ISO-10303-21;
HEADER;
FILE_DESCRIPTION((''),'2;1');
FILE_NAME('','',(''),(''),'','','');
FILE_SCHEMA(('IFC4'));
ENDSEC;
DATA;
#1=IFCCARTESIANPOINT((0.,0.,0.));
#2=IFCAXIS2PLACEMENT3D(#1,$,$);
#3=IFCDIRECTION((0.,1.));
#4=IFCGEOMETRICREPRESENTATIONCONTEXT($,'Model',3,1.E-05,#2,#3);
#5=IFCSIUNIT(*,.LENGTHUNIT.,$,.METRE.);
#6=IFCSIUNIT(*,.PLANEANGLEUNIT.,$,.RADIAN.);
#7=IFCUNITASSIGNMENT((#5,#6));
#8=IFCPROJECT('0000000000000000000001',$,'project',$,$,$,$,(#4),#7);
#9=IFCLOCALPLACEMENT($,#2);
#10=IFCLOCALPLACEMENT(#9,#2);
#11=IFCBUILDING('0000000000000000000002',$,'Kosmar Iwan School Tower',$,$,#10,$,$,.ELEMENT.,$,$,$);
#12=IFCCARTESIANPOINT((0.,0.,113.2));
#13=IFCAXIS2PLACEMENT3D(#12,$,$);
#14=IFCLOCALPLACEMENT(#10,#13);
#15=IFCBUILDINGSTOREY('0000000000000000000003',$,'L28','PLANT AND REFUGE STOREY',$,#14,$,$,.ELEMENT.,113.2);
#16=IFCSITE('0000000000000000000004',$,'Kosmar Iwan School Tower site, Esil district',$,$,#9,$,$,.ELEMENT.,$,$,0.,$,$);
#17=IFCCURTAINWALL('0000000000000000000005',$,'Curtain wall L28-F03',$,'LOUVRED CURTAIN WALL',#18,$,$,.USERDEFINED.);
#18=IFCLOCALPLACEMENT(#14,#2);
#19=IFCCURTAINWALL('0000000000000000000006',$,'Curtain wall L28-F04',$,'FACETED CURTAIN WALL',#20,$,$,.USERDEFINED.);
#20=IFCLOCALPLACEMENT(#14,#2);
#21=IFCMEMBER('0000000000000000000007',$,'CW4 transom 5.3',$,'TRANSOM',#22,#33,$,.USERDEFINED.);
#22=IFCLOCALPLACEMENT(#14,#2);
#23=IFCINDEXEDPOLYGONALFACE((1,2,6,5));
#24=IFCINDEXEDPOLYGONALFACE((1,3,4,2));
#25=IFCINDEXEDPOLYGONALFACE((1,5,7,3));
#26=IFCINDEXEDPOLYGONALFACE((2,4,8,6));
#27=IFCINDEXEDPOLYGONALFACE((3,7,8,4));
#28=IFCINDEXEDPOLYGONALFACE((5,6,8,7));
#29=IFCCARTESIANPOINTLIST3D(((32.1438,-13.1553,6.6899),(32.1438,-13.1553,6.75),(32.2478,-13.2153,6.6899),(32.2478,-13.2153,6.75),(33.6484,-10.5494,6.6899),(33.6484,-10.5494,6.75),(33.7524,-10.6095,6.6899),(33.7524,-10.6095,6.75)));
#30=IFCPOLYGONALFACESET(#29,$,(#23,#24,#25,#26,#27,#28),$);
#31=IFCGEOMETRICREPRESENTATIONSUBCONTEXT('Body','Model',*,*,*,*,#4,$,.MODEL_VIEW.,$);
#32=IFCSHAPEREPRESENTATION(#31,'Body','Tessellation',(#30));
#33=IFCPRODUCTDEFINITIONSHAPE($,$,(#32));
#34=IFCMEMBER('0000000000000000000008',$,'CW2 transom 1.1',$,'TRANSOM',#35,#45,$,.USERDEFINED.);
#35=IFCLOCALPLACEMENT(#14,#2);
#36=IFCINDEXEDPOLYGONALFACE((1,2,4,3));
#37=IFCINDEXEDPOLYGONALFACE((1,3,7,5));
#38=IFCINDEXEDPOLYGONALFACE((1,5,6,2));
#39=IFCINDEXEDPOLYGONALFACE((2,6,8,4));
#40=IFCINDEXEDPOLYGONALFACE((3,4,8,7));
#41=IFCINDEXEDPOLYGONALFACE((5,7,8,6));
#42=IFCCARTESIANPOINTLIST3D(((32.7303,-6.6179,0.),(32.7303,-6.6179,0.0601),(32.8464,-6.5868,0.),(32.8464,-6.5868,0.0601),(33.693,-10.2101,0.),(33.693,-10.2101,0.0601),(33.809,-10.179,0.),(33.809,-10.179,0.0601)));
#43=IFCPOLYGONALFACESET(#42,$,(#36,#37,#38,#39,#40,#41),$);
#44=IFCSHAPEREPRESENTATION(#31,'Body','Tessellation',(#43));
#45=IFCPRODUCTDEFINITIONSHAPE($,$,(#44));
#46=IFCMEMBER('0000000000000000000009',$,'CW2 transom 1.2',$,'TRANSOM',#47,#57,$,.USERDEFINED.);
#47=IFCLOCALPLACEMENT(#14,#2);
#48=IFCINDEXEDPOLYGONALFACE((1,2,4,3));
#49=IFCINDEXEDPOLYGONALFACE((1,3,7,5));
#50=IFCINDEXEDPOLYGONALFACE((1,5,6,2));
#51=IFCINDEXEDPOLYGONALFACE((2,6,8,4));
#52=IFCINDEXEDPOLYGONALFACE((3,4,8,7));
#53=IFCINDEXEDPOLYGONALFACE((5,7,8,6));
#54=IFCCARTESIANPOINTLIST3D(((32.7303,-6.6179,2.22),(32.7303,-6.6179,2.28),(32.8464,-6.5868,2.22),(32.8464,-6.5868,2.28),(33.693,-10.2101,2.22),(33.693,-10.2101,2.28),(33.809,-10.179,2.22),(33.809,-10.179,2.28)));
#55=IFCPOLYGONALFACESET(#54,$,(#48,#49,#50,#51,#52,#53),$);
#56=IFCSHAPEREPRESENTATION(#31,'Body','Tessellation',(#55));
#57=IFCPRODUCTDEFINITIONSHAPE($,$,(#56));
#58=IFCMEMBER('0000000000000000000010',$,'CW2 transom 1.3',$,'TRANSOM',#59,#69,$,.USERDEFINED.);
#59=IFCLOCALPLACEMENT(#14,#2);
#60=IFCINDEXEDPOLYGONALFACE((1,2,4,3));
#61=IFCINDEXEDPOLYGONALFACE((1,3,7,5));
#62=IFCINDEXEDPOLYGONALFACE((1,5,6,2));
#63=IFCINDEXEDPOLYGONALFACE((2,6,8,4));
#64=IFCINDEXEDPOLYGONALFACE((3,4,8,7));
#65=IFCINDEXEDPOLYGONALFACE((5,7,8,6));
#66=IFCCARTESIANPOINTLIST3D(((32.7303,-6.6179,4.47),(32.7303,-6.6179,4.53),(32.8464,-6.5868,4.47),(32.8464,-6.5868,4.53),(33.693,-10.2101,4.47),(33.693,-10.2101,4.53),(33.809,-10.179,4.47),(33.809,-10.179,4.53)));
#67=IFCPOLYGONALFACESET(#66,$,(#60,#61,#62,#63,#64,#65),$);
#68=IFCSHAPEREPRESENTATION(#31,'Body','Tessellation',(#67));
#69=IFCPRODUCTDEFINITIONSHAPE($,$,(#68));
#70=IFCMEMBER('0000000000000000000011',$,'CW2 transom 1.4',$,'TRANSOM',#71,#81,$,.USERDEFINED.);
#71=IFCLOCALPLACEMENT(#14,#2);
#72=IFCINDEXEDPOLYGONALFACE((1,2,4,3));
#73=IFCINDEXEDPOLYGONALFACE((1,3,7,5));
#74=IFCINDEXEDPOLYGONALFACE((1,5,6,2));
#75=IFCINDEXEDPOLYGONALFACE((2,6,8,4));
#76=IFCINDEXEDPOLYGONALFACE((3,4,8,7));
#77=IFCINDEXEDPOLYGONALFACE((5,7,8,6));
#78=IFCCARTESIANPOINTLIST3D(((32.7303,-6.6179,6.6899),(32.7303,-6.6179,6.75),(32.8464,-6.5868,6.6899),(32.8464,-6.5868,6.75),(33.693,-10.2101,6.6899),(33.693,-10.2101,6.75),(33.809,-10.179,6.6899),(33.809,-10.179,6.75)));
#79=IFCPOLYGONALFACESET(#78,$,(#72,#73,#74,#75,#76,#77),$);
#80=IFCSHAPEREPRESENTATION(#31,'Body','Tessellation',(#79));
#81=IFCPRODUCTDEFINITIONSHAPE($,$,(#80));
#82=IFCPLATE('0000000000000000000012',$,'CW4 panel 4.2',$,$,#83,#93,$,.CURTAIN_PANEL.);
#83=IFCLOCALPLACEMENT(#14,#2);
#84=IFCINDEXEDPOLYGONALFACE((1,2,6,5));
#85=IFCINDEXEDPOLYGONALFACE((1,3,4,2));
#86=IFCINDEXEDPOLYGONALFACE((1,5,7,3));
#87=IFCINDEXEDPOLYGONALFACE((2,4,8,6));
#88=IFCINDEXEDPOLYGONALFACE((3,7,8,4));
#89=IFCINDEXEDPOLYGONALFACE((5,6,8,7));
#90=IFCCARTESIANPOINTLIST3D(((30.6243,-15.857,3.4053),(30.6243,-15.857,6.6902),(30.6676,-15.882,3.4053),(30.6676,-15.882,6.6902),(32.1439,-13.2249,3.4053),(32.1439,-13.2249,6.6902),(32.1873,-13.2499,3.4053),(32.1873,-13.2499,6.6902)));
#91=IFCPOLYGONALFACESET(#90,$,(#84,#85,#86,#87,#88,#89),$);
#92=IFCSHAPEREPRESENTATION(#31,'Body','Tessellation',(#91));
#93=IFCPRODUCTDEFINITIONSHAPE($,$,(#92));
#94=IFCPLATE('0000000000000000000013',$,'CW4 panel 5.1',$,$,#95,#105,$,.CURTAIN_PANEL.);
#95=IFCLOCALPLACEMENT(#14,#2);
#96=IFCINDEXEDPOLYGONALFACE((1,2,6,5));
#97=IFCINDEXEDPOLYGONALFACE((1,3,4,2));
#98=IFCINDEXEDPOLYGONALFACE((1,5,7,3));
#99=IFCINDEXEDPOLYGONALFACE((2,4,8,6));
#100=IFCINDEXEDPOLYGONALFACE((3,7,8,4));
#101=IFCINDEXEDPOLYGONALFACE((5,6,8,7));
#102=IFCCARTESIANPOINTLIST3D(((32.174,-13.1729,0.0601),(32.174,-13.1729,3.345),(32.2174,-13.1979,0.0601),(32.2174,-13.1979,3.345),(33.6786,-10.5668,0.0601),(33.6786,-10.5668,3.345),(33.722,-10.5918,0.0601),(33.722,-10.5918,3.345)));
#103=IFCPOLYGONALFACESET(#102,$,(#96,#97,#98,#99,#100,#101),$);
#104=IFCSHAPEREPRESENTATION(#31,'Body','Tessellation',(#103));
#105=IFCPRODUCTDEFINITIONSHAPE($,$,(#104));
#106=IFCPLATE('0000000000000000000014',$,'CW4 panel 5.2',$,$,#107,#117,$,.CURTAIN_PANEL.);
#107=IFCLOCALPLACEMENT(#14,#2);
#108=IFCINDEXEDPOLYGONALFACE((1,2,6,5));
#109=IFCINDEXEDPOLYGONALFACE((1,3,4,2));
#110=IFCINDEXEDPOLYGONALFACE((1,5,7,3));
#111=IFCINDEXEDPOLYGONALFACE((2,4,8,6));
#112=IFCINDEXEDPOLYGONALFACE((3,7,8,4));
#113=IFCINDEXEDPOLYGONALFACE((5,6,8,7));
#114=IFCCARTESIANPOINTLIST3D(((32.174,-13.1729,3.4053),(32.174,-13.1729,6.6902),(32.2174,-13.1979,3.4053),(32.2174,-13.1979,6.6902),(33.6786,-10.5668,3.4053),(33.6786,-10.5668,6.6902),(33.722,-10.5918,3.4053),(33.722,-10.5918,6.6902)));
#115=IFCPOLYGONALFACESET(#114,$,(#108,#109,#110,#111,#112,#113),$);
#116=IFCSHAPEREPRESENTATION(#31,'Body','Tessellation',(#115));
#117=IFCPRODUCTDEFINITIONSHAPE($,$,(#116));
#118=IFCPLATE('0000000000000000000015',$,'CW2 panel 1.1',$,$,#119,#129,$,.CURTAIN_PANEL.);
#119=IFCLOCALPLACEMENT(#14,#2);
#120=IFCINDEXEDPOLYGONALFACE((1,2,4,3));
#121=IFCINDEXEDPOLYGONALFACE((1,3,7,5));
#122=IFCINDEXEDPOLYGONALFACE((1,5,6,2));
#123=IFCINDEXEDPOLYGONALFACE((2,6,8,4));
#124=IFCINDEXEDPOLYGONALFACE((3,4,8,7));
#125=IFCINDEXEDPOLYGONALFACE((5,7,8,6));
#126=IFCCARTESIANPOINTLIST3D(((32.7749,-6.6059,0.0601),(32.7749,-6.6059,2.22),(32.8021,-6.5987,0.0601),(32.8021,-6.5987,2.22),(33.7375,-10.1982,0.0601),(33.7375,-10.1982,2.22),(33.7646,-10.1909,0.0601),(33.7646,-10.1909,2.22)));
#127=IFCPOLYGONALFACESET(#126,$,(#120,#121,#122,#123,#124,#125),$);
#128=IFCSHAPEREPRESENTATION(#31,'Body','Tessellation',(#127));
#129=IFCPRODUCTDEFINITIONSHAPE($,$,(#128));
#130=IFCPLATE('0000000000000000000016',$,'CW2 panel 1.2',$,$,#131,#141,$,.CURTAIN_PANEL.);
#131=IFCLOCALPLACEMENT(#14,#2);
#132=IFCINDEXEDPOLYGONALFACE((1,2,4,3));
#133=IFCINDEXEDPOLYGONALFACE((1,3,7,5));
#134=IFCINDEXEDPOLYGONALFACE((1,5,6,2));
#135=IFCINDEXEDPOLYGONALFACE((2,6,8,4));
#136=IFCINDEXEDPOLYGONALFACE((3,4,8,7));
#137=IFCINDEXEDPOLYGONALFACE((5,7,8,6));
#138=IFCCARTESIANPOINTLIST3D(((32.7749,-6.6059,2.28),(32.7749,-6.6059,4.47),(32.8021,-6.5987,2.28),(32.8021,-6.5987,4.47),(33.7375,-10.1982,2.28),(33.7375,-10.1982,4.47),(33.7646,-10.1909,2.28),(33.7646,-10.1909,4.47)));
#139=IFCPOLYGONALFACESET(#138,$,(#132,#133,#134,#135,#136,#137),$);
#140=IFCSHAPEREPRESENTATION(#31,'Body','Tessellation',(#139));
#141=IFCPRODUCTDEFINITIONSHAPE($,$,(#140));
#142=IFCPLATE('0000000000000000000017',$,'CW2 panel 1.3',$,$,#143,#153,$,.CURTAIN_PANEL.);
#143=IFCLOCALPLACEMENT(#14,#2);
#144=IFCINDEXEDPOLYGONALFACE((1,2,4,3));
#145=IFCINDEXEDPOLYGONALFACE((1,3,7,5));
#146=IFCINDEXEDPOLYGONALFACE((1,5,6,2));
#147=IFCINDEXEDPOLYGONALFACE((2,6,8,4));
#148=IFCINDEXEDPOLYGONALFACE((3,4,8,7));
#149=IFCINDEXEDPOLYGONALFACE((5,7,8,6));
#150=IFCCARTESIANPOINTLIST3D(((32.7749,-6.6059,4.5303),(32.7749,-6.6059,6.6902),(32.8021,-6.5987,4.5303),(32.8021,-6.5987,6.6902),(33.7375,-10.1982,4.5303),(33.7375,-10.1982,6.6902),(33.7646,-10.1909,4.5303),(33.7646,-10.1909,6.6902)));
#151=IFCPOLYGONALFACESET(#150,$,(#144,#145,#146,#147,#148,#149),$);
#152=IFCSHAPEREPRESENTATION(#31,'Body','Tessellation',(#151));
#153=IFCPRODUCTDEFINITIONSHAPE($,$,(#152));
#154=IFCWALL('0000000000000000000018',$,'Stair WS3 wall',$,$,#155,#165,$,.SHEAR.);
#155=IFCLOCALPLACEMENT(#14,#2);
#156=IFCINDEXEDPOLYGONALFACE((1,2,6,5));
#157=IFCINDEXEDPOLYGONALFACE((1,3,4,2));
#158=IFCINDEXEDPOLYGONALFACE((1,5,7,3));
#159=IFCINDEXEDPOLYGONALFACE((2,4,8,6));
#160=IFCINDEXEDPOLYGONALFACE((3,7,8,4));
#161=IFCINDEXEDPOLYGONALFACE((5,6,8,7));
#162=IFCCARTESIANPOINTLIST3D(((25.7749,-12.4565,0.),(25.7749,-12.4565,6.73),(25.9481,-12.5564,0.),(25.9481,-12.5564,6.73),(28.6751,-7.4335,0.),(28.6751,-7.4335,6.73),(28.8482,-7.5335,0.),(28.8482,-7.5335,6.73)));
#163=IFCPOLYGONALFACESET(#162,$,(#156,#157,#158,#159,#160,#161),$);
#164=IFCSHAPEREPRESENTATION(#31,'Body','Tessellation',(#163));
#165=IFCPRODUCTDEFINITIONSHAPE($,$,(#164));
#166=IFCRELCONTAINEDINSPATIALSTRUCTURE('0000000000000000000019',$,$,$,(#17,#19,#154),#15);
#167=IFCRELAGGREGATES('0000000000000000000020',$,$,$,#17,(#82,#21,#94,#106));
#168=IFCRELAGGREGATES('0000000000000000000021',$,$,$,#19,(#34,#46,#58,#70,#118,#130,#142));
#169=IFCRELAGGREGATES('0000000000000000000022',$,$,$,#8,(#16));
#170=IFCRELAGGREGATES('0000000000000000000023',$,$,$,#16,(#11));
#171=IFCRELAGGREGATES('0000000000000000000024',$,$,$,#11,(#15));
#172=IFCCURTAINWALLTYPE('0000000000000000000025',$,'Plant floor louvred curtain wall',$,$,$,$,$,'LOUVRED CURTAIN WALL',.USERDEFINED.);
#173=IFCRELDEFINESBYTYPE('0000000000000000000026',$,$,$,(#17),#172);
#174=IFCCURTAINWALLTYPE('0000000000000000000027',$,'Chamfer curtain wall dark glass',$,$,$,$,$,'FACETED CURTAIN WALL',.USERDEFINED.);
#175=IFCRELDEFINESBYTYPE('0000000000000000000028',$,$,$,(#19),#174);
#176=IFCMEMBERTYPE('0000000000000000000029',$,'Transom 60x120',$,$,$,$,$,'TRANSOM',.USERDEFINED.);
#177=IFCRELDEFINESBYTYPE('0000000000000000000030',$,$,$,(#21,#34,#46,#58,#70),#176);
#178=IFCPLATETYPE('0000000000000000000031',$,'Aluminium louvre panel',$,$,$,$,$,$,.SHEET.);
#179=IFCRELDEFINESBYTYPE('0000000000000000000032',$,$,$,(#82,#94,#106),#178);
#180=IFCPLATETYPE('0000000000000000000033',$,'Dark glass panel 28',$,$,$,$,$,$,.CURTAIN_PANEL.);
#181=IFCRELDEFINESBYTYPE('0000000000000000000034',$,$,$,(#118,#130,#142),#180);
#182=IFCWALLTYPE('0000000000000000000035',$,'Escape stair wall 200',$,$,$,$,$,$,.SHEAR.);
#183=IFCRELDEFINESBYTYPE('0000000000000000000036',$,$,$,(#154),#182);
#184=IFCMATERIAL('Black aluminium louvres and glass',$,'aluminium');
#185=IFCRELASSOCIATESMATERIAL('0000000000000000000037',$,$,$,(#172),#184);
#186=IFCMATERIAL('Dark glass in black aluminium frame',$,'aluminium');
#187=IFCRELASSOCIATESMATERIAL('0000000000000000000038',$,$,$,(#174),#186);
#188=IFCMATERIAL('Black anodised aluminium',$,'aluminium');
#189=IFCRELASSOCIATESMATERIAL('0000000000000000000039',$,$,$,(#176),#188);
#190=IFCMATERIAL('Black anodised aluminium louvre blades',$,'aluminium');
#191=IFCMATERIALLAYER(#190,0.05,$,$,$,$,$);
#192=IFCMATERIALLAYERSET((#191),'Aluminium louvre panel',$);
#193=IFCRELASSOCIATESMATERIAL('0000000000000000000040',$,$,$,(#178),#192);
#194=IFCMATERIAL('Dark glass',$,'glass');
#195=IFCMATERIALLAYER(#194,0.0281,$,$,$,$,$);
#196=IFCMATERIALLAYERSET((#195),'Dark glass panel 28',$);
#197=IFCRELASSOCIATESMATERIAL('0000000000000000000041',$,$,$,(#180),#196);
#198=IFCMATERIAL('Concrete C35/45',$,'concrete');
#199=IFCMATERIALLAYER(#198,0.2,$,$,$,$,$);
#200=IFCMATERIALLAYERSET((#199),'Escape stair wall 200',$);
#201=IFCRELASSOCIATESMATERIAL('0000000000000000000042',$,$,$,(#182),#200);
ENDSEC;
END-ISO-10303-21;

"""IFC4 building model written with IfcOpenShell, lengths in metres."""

from ifc_helpers import new_model, si_unit, direction, frame, frame_2d, origin, origin_2d, place, context, subcontext, project, spatial, rectangle, extrude, material, layer, layer_set, material_profile, profile_set, type_object, element, aggregate, save


model = new_model("IFC4")

# Units and contexts
model_context = context("Model", 3, precision=1e-05, world=origin(), true_north=direction((0.0, 1.0)))
body_context = subcontext(model_context, "Body", "Model", "MODEL_VIEW")
ifc_project = project(units=[si_unit("LENGTHUNIT", "METRE"), si_unit("PLANEANGLEUNIT", "RADIAN")], contexts=[model_context])

# Site, building, storey
site_placement = place(None, origin())
site = spatial("IfcSite", under=ifc_project, at=site_placement, Name="Kosmar Iwan School Tower site, Esil district", CompositionType="ELEMENT", RefElevation=0.0)
building_placement = place(site_placement, origin())
building = spatial("IfcBuilding", under=site, at=building_placement, Name="Kosmar Iwan School Tower", CompositionType="ELEMENT")
storey_placement = place(building_placement, frame((0.0, 0.0, 113.2)))
storey = spatial("IfcBuildingStorey", under=building, at=storey_placement, Name="L28", Description="PLANT AND REFUGE STOREY", CompositionType="ELEMENT", Elevation=113.2)

# Curtain walls
ifc_material_1 = material(Name="Black aluminium louvres and glass", Category="aluminium")
curtain_wall_type_1 = type_object("IfcCurtainWallType", Name="Plant floor louvred curtain wall", ElementType="LOUVRED CURTAIN WALL", PredefinedType="USERDEFINED", material=ifc_material_1)
curtain_wall_1_placement = place(storey_placement, origin())
curtain_wall_1 = element("IfcCurtainWall", 1, at=curtain_wall_1_placement, inside=storey, type_object=curtain_wall_type_1, Name="Curtain wall L28-F03", ObjectType="LOUVRED CURTAIN WALL", PredefinedType="USERDEFINED")
ifc_material_2 = material(Name="Dark glass in black aluminium frame", Category="aluminium")
curtain_wall_type_2 = type_object("IfcCurtainWallType", Name="Chamfer curtain wall dark glass", ElementType="FACETED CURTAIN WALL", PredefinedType="USERDEFINED", material=ifc_material_2)
curtain_wall_2_placement = place(storey_placement, origin())
curtain_wall_2 = element("IfcCurtainWall", 2, at=curtain_wall_2_placement, inside=storey, type_object=curtain_wall_type_2, Name="Curtain wall L28-F04", ObjectType="FACETED CURTAIN WALL", PredefinedType="USERDEFINED")

# Members
ifc_material_3 = material(Name="Black anodised aluminium", Category="aluminium")
ifc_material_profile_1 = material_profile(ifc_material_3, rectangle(XDim=0.1201, YDim=0.0601, at=origin_2d()), Name="TRANSOM 60x120")
ifc_profile_set_1 = profile_set([ifc_material_profile_1], Name="Black anodised aluminium")
member_type_1 = type_object("IfcMemberType", Name="Transom 60x120", ElementType="TRANSOM", PredefinedType="USERDEFINED", material=ifc_profile_set_1)
member_1_placement = place(storey_placement, frame((32.1958, -13.1853, 6.72), z_axis=(0.500022, 0.866013, 0.0), x_axis=(-0.866013, 0.500022, 0.0)))
member_1 = element("IfcMember", 3, at=member_1_placement, type_object=member_type_1, Name="CW4 transom 5.3", ObjectType="TRANSOM", PredefinedType="USERDEFINED", context=body_context, shape_type="SweptSolid", body=[
    extrude(rectangle(XDim=0.1201, YDim=0.0601, at=origin_2d()), origin(), (0.0, 0.0, 1.0), 3.009),
])
member_2_placement = place(storey_placement, frame((33.751, -10.1946, 0.03), z_axis=(-0.258843, 0.965919, 0.0), x_axis=(-0.965919, -0.258843, 0.0)))
member_2 = element("IfcMember", 4, at=member_2_placement, type_object=member_type_1, Name="CW2 transom 1.1", ObjectType="TRANSOM", PredefinedType="USERDEFINED", context=body_context, shape_type="SweptSolid", body=[
    extrude(rectangle(XDim=0.1201, YDim=0.0601, at=origin_2d()), origin(), (0.0, 0.0, 1.0), 3.719),
])
member_3_placement = place(storey_placement, frame((33.751, -10.1946, 2.25), z_axis=(-0.258843, 0.965919, 0.0), x_axis=(-0.965919, -0.258843, 0.0)))
member_3 = element("IfcMember", 5, at=member_3_placement, type_object=member_type_1, Name="CW2 transom 1.2", ObjectType="TRANSOM", PredefinedType="USERDEFINED", context=body_context, shape_type="SweptSolid", body=[
    extrude(rectangle(XDim=0.1201, YDim=0.0601, at=origin_2d()), origin(), (0.0, 0.0, 1.0), 3.719),
])
member_4_placement = place(storey_placement, frame((33.751, -10.1946, 4.5), z_axis=(-0.258843, 0.965919, 0.0), x_axis=(-0.965919, -0.258843, 0.0)))
member_4 = element("IfcMember", 6, at=member_4_placement, type_object=member_type_1, Name="CW2 transom 1.3", ObjectType="TRANSOM", PredefinedType="USERDEFINED", context=body_context, shape_type="SweptSolid", body=[
    extrude(rectangle(XDim=0.1201, YDim=0.0601, at=origin_2d()), origin(), (0.0, 0.0, 1.0), 3.719),
])
member_5_placement = place(storey_placement, frame((33.751, -10.1946, 6.72), z_axis=(-0.258843, 0.965919, 0.0), x_axis=(-0.965919, -0.258843, 0.0)))
member_5 = element("IfcMember", 7, at=member_5_placement, type_object=member_type_1, Name="CW2 transom 1.4", ObjectType="TRANSOM", PredefinedType="USERDEFINED", context=body_context, shape_type="SweptSolid", body=[
    extrude(rectangle(XDim=0.1201, YDim=0.0601, at=origin_2d()), origin(), (0.0, 0.0, 1.0), 3.719),
])

# Plates
ifc_material_4 = material(Name="Black anodised aluminium louvre blades", Category="aluminium")
ifc_layer_1 = layer(ifc_material_4, 0.05)
ifc_layer_set_1 = layer_set([ifc_layer_1], Name="Aluminium louvre panel")
plate_type_1 = type_object("IfcPlateType", Name="Aluminium louvre panel", PredefinedType="SHEET", material=ifc_layer_set_1)
plate_1_placement = place(storey_placement, frame((31.4058, -14.5535, 3.4053), z_axis=(0.0, 0.0, 1.0), x_axis=(0.5, 0.866025, 0.0)))
plate_1 = element("IfcPlate", 8, at=plate_1_placement, type_object=plate_type_1, Name="CW4 panel 4.2", PredefinedType="CURTAIN_PANEL", context=body_context, shape_type="SweptSolid", body=[
    extrude(rectangle(XDim=3.0393, YDim=0.05, at=origin_2d()), origin(), (0.0, 0.0, 1.0), 3.2849),
])
plate_2_placement = place(storey_placement, frame((32.948, -11.8823, 0.0601), z_axis=(0.0, 0.0, 1.0), x_axis=(0.5, 0.866025, 0.0)))
plate_2 = element("IfcPlate", 9, at=plate_2_placement, type_object=plate_type_1, Name="CW4 panel 5.1", PredefinedType="CURTAIN_PANEL", context=body_context, shape_type="SweptSolid", body=[
    extrude(rectangle(XDim=3.0093, YDim=0.05, at=origin_2d()), origin(), (0.0, 0.0, 1.0), 3.2849),
])
plate_3_placement = place(storey_placement, frame((32.948, -11.8823, 3.4053), z_axis=(0.0, 0.0, 1.0), x_axis=(0.5, 0.866025, 0.0)))
plate_3 = element("IfcPlate", 10, at=plate_3_placement, type_object=plate_type_1, Name="CW4 panel 5.2", PredefinedType="CURTAIN_PANEL", context=body_context, shape_type="SweptSolid", body=[
    extrude(rectangle(XDim=3.0093, YDim=0.05, at=origin_2d()), origin(), (0.0, 0.0, 1.0), 3.2849),
])
aggregate(curtain_wall_1, [plate_1, member_1, plate_2, plate_3])
ifc_material_5 = material(Name="Dark glass", Category="glass")
ifc_layer_2 = layer(ifc_material_5, 0.0281)
ifc_layer_set_2 = layer_set([ifc_layer_2], Name="Dark glass panel 28")
plate_type_2 = type_object("IfcPlateType", Name="Dark glass panel 28", PredefinedType="CURTAIN_PANEL", material=ifc_layer_set_2)
plate_4_placement = place(storey_placement, frame((33.2698, -8.3984, 0.0601), z_axis=(0.0, 0.0, 1.0), x_axis=(-0.258819, 0.965926, 0.0)))
plate_4 = element("IfcPlate", 11, at=plate_4_placement, type_object=plate_type_2, Name="CW2 panel 1.1", PredefinedType="CURTAIN_PANEL", context=body_context, shape_type="SweptSolid", body=[
    extrude(rectangle(XDim=3.719, YDim=0.0281, at=origin_2d()), origin(), (0.0, 0.0, 1.0), 2.1599),
])
plate_5_placement = place(storey_placement, frame((33.2698, -8.3984, 2.28), z_axis=(0.0, 0.0, 1.0), x_axis=(-0.258819, 0.965926, 0.0)))
plate_5 = element("IfcPlate", 12, at=plate_5_placement, type_object=plate_type_2, Name="CW2 panel 1.2", PredefinedType="CURTAIN_PANEL", context=body_context, shape_type="SweptSolid", body=[
    extrude(rectangle(XDim=3.719, YDim=0.0281, at=origin_2d()), origin(), (0.0, 0.0, 1.0), 2.1899),
])
plate_6_placement = place(storey_placement, frame((33.2698, -8.3984, 4.5303), z_axis=(0.0, 0.0, 1.0), x_axis=(-0.258819, 0.965926, 0.0)))
plate_6 = element("IfcPlate", 13, at=plate_6_placement, type_object=plate_type_2, Name="CW2 panel 1.3", PredefinedType="CURTAIN_PANEL", context=body_context, shape_type="SweptSolid", body=[
    extrude(rectangle(XDim=3.719, YDim=0.0281, at=origin_2d()), origin(), (0.0, 0.0, 1.0), 2.1599),
])
aggregate(curtain_wall_2, [member_2, member_3, member_4, member_5, plate_4, plate_5, plate_6])

# Wall
ifc_material_6 = material(Name="Concrete C35/45", Category="concrete")
ifc_layer_3 = layer(ifc_material_6, 0.2)
ifc_layer_set_3 = layer_set([ifc_layer_3], Name="Escape stair wall 200")
wall_type = type_object("IfcWallType", Name="Escape stair wall 200", PredefinedType="SHEAR", material=ifc_layer_set_3)
wall_placement = place(storey_placement, frame((25.8616, -12.5063, 0.0), z_axis=(0.0, 0.0, 1.0), x_axis=(0.500019, 0.866015, 0.0)))
element("IfcWall", 14, at=wall_placement, inside=storey, type_object=wall_type, Name="Stair WS3 wall", PredefinedType="SHEAR", context=body_context, shape_type="SweptSolid", body=[
    extrude(rectangle(XDim=5.8, YDim=0.2, at=frame_2d((2.8999, 0.0))), origin(), (0.0, 0.0, 1.0), 6.73),
])

save(model, "model.ifc")
